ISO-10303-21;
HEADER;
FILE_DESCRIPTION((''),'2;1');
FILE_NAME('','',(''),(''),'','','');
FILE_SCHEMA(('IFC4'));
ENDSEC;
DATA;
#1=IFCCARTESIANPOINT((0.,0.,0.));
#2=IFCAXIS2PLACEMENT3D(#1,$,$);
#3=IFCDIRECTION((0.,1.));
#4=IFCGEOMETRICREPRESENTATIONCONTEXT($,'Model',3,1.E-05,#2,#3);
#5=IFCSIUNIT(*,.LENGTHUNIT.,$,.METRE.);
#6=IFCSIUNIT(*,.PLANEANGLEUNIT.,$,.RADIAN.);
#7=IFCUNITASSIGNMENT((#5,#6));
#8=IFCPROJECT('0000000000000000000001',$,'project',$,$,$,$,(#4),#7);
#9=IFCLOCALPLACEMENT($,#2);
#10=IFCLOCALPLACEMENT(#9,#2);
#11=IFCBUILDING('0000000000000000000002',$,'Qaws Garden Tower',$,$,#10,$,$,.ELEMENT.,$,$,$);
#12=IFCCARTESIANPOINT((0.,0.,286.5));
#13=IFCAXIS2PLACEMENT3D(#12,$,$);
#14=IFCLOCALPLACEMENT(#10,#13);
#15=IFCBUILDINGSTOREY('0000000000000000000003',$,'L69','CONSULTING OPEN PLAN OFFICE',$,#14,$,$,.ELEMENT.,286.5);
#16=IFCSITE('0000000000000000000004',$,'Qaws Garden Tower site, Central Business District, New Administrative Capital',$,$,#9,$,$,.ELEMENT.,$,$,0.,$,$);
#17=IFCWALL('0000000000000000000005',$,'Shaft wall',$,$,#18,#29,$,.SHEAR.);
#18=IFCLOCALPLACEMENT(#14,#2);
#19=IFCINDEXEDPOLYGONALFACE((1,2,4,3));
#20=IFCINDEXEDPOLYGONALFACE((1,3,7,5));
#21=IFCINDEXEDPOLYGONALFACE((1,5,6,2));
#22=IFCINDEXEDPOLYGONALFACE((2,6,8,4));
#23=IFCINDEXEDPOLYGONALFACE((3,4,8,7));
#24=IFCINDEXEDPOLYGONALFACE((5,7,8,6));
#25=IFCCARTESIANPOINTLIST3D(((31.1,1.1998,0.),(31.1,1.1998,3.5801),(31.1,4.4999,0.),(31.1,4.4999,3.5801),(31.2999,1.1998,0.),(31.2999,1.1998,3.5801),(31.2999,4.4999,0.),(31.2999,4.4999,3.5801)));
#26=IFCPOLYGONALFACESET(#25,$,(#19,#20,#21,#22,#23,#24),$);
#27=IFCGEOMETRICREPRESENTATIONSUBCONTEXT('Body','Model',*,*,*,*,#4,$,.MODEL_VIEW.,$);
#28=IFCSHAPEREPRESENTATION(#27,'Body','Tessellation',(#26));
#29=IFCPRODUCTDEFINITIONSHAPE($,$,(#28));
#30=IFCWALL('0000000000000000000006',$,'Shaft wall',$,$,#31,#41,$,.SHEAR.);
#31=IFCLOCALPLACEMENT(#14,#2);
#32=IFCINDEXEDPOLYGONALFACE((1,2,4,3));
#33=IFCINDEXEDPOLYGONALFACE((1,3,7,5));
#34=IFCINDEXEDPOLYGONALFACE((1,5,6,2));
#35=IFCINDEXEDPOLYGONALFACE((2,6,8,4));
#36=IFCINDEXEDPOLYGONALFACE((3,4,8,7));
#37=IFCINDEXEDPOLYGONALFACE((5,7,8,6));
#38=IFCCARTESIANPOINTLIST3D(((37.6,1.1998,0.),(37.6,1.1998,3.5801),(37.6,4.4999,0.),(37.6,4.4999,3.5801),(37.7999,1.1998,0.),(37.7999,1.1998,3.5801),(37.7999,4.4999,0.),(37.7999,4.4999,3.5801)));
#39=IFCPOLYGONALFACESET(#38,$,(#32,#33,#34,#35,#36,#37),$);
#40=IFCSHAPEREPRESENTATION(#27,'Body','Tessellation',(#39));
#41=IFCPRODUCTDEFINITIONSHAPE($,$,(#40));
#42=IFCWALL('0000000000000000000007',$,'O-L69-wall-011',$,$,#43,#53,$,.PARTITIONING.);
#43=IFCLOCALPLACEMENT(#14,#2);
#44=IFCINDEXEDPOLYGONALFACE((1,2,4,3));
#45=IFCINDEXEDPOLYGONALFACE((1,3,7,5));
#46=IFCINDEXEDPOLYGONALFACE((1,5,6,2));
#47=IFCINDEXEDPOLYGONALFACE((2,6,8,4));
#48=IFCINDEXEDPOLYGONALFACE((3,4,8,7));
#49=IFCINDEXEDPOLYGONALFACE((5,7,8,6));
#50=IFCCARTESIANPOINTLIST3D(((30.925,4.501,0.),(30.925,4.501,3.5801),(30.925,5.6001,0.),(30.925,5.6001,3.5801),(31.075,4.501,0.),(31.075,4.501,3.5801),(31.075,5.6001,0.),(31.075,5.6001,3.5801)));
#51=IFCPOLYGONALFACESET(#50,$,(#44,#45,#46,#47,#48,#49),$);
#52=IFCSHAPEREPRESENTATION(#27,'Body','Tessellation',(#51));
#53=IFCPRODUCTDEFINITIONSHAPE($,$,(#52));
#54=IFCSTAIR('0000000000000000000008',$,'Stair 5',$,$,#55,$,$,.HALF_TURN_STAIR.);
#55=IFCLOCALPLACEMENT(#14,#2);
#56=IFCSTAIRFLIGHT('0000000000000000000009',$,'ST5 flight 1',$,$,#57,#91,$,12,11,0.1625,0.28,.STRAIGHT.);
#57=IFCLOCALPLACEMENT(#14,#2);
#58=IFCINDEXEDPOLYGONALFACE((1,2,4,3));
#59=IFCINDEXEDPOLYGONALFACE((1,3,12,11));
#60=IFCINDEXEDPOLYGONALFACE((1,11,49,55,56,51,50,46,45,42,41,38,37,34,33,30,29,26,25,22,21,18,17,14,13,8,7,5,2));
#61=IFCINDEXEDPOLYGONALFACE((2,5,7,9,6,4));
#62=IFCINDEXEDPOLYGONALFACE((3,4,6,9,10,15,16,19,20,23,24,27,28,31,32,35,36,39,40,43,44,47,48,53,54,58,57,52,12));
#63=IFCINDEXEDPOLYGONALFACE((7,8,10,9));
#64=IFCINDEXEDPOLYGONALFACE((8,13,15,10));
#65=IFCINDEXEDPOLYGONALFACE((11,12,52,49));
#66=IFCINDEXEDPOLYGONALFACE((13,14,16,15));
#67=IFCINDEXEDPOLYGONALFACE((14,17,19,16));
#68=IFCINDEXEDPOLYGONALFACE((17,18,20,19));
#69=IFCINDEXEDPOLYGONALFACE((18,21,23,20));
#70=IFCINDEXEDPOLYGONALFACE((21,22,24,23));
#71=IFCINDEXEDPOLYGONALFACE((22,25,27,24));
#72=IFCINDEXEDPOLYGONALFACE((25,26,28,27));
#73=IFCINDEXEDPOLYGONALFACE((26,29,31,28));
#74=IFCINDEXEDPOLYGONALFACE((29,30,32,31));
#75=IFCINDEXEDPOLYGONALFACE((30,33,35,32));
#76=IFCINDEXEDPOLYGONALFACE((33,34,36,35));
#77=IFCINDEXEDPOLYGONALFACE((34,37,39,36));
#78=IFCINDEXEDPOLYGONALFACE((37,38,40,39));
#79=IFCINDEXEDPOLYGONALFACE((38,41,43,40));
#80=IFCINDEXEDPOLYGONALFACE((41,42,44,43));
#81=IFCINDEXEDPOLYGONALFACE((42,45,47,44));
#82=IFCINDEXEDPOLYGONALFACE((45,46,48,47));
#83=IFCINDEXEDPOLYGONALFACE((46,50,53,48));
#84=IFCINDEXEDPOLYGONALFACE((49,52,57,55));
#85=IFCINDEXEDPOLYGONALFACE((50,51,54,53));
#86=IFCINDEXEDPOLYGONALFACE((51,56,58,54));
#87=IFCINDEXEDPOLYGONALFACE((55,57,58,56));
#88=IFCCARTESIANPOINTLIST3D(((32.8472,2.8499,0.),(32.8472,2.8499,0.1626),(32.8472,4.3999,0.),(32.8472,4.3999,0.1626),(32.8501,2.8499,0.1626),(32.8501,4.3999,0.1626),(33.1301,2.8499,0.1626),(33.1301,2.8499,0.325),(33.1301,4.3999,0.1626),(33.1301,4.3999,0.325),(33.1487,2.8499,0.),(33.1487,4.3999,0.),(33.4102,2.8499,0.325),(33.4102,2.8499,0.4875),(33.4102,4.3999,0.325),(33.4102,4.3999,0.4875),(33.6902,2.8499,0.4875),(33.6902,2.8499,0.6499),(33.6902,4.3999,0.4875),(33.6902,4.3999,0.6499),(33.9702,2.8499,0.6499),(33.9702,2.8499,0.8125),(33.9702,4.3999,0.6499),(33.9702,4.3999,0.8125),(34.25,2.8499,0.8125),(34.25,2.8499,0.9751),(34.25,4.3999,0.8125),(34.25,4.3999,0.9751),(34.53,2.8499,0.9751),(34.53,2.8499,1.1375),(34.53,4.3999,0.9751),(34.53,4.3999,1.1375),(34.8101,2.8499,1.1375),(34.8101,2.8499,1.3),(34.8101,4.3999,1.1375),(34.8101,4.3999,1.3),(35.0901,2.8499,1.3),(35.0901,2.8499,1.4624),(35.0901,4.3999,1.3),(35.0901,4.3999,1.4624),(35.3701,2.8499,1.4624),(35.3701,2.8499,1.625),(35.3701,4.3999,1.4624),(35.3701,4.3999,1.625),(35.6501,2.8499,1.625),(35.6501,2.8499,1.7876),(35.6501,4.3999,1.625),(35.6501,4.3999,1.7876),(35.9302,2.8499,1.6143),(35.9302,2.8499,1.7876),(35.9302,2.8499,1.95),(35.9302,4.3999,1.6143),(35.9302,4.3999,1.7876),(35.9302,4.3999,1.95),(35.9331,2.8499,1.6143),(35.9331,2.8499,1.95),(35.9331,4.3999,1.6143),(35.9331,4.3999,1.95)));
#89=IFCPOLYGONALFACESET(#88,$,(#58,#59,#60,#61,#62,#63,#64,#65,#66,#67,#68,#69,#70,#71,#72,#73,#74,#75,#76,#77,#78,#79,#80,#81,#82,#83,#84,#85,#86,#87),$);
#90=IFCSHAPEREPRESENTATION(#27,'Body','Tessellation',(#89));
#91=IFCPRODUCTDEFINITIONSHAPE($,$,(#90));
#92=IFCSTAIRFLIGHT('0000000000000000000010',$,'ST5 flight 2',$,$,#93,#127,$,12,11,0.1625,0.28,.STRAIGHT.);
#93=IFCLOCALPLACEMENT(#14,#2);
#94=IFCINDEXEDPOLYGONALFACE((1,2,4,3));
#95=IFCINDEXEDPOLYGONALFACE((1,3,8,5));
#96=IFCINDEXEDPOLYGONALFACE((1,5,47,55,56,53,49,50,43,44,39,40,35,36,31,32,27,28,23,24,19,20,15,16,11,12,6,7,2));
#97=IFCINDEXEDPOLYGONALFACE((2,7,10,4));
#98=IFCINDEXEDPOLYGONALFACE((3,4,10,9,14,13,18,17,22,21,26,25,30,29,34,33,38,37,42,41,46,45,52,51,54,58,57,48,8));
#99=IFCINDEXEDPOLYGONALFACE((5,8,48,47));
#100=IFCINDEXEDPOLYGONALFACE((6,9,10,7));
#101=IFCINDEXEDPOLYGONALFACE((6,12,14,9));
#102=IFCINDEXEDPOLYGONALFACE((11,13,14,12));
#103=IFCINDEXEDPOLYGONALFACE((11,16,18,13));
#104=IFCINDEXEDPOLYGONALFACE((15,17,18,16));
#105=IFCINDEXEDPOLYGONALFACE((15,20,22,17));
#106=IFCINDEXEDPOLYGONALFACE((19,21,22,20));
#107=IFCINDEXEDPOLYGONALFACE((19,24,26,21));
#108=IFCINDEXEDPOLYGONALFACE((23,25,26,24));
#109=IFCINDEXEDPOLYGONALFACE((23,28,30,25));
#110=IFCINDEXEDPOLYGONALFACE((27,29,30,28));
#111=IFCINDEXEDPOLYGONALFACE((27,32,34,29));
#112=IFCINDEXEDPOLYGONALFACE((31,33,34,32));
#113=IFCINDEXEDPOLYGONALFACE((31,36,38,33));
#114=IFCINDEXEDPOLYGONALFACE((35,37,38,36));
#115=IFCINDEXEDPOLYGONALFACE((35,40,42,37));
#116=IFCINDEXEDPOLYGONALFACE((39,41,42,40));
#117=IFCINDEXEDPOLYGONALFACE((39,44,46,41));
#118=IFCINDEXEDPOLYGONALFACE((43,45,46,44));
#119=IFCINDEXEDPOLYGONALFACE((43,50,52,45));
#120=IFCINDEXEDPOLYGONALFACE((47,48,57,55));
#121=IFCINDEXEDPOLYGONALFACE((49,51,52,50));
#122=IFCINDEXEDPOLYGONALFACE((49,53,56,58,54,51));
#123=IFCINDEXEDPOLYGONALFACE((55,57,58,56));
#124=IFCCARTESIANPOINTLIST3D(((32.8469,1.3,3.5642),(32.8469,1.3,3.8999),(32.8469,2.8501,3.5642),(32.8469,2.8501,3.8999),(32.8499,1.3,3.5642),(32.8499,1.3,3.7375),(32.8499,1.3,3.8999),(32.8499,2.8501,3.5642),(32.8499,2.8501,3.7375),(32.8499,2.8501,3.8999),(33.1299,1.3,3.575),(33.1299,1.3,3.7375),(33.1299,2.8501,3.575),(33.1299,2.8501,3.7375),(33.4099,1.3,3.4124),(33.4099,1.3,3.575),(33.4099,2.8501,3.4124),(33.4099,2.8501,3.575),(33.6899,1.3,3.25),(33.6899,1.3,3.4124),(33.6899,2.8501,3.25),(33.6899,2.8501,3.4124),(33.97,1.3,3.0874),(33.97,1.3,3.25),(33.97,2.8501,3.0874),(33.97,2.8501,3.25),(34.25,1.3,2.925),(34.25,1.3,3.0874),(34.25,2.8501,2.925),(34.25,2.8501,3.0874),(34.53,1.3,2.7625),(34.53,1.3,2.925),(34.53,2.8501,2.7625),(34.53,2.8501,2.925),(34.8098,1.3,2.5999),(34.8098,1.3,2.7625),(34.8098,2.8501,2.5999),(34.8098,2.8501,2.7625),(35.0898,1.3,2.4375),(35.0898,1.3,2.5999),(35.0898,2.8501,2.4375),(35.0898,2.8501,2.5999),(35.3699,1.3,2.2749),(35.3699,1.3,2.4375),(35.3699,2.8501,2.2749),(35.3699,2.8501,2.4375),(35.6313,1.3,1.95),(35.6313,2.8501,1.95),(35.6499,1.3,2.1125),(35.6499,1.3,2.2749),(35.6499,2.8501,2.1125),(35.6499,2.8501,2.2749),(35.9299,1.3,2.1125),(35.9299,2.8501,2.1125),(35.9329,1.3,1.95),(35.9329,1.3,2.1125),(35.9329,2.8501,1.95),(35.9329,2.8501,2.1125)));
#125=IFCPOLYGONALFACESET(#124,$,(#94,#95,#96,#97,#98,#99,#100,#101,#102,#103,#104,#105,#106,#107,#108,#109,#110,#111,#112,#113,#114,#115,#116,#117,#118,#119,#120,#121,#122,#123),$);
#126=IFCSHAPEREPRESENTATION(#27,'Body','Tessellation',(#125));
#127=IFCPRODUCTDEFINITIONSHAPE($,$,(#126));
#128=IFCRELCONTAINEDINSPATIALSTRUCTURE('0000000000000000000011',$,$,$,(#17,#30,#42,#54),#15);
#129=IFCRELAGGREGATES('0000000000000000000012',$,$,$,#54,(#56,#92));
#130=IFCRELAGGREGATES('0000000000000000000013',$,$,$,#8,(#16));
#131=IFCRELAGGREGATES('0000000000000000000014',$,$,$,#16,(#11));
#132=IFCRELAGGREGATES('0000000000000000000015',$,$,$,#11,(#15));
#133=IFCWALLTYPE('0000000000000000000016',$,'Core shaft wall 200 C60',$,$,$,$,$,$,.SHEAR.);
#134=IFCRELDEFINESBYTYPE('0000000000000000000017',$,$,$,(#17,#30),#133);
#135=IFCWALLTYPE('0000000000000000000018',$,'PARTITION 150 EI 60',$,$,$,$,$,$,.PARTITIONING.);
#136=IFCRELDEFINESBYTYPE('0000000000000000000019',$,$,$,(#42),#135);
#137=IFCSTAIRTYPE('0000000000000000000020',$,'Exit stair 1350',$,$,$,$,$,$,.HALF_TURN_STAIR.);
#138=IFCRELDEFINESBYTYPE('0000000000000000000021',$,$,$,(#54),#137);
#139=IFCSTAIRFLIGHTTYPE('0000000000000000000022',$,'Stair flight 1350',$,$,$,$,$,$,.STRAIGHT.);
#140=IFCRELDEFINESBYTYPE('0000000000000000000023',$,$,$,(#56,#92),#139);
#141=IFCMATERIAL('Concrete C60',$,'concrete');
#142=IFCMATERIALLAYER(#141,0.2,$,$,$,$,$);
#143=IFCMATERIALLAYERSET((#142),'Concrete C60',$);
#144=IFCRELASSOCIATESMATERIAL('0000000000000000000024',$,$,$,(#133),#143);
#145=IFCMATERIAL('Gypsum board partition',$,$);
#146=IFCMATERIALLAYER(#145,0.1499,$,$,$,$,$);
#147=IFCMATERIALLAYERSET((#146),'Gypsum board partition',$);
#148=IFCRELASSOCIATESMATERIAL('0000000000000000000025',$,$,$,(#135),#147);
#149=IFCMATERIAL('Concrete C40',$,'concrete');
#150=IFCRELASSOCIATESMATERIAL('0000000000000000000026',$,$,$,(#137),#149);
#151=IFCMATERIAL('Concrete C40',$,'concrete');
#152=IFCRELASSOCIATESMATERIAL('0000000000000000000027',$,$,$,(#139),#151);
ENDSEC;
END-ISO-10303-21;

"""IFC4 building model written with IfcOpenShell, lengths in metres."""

from ifc_helpers import new_model, si_unit, direction, frame, frame_2d, origin, place, context, subcontext, project, spatial, polyline, rectangle, outline, extrude, material, layer, layer_set, type_object, element, aggregate, save


model = new_model("IFC4")

# Units and contexts
model_context = context("Model", 3, precision=1e-05, world=origin(), true_north=direction((0.0, 1.0)))
body_context = subcontext(model_context, "Body", "Model", "MODEL_VIEW")
ifc_project = project(units=[si_unit("LENGTHUNIT", "METRE"), si_unit("PLANEANGLEUNIT", "RADIAN")], contexts=[model_context])

# Site, building, storey
site_placement = place(None, origin())
site = spatial("IfcSite", under=ifc_project, at=site_placement, Name="Qaws Garden Tower site, Central Business District, New Administrative Capital", CompositionType="ELEMENT", RefElevation=0.0)
building_placement = place(site_placement, origin())
building = spatial("IfcBuilding", under=site, at=building_placement, Name="Qaws Garden Tower", CompositionType="ELEMENT")
storey_placement = place(building_placement, frame((0.0, 0.0, 286.5)))
storey = spatial("IfcBuildingStorey", under=building, at=storey_placement, Name="L69", Description="CONSULTING OPEN PLAN OFFICE", CompositionType="ELEMENT", Elevation=286.5)

# Shared definitions
ifc_material_1 = material(Name="Concrete C60", Category="concrete")
ifc_layer_1 = layer(ifc_material_1, 0.2)
ifc_layer_set_1 = layer_set([ifc_layer_1], Name="Concrete C60")
wall_type_1 = type_object("IfcWallType", Name="Core shaft wall 200 C60", PredefinedType="SHEAR", material=ifc_layer_set_1)

# Walls
for number, where, z_axis, x_axis, name in (
    (1, (31.2, 1.2, 0.0), (0.0, 0.0, 1.0), (0.0, 1.0, 0.0), "Shaft wall"),
    (2, (37.7, 1.2, 0.0), (0.0, 0.0, 1.0), (0.0, 1.0, 0.0), "Shaft wall"),
):
    element("IfcWall", number, at=place(storey_placement, frame(where, z_axis=z_axis, x_axis=x_axis)), inside=storey, type_object=wall_type_1, Name=name, PredefinedType="SHEAR", context=body_context, shape_type="SweptSolid", body=[
        extrude(rectangle(XDim=3.3, YDim=0.2, at=frame_2d((1.6499, 0.0))), origin(), (0.0, 0.0, 1.0), 3.5801),
    ])
ifc_material_2 = material(Name="Gypsum board partition")
ifc_layer_2 = layer(ifc_material_2, 0.1499)
ifc_layer_set_2 = layer_set([ifc_layer_2], Name="Gypsum board partition")
wall_type_2 = type_object("IfcWallType", Name="PARTITION 150 EI 60", PredefinedType="PARTITIONING", material=ifc_layer_set_2)
wall_1_placement = place(storey_placement, frame((31.0, 4.501, 0.0), z_axis=(0.0, 0.0, 1.0), x_axis=(0.0, 1.0, 0.0)))
element("IfcWall", 3, at=wall_1_placement, inside=storey, type_object=wall_type_2, Name="O-L69-wall-011", PredefinedType="PARTITIONING", context=body_context, shape_type="SweptSolid", body=[
    extrude(rectangle(XDim=1.0991, YDim=0.1499, at=frame_2d((0.5496, 0.0))), origin(), (0.0, 0.0, 1.0), 3.5801),
])

# Stair, stair flights
ifc_material_3 = material(Name="Concrete C40", Category="concrete")
stair_type = type_object("IfcStairType", Name="Exit stair 1350", PredefinedType="HALF_TURN_STAIR", material=ifc_material_3)
stair_placement = place(storey_placement, origin())
stair = element("IfcStair", 4, at=stair_placement, inside=storey, type_object=stair_type, Name="Stair 5", PredefinedType="HALF_TURN_STAIR")
ifc_material_4 = material(Name="Concrete C40", Category="concrete")
stair_flight_type = type_object("IfcStairFlightType", Name="Stair flight 1350", PredefinedType="STRAIGHT", material=ifc_material_4)
stair_flight_1_placement = place(storey_placement, frame((32.8501, 3.625, 0.0), z_axis=(0.0, 0.0, 1.0), x_axis=(1.0, 0.0, 0.0)))
stair_flight_1 = element("IfcStairFlight", 5, at=stair_flight_1_placement, type_object=stair_flight_type, Name="ST5 flight 1", NumberOfRisers=12, NumberOfTreads=11, PredefinedType="STRAIGHT", RiserHeight=0.1625, TreadLength=0.28, context=body_context, shape_type="SweptSolid", body=[
    extrude(outline(polyline([(-0.0029, 0.0), (-0.0029, 0.1626), (0.0, 0.1626), (0.28, 0.1626), (0.28, 0.325), (0.5601, 0.325), (0.5601, 0.4875), (0.8401, 0.4875), (0.8401, 0.6499), (1.1201, 0.6499), (1.1201, 0.8125), (1.3999, 0.8125), (1.3999, 0.9751), (1.6799, 0.9751), (1.6799, 1.1375), (1.96, 1.1375), (1.96, 1.3), (2.24, 1.3), (2.24, 1.4624), (2.52, 1.4624), (2.52, 1.625), (2.8, 1.625), (2.8, 1.7876), (3.0801, 1.7876), (3.0801, 1.95), (3.083, 1.95), (3.083, 1.6143), (3.0801, 1.6143), (0.2986, 0.0), (-0.0029, 0.0)])), frame((0.0, 0.7749, 0.0), z_axis=(0.0, -1.0, 0.0), x_axis=(1.0, 0.0, 0.0)), (0.0, 0.0, 1.0), 1.55),
])
stair_flight_2_placement = place(storey_placement, frame((35.9299, 2.075, 1.95), z_axis=(0.0, 0.0, 1.0), x_axis=(-1.0, 0.0, 0.0)))
stair_flight_2 = element("IfcStairFlight", 6, at=stair_flight_2_placement, type_object=stair_flight_type, Name="ST5 flight 2", NumberOfRisers=12, NumberOfTreads=11, PredefinedType="STRAIGHT", RiserHeight=0.1625, TreadLength=0.28, context=body_context, shape_type="SweptSolid", body=[
    extrude(outline(polyline([(-0.0029, 0.0), (-0.0029, 0.1626), (0.0, 0.1626), (0.28, 0.1626), (0.28, 0.325), (0.5601, 0.325), (0.5601, 0.4875), (0.8401, 0.4875), (0.8401, 0.6499), (1.1201, 0.6499), (1.1201, 0.8125), (1.3999, 0.8125), (1.3999, 0.9751), (1.6799, 0.9751), (1.6799, 1.1375), (1.96, 1.1375), (1.96, 1.3), (2.24, 1.3), (2.24, 1.4624), (2.52, 1.4624), (2.52, 1.625), (2.8, 1.625), (2.8, 1.7876), (3.0801, 1.7876), (3.0801, 1.95), (3.083, 1.95), (3.083, 1.6143), (3.0801, 1.6143), (0.2986, 0.0), (-0.0029, 0.0)])), frame((0.0, 0.7749, 0.0), z_axis=(0.0, -1.0, 0.0), x_axis=(1.0, 0.0, 0.0)), (0.0, 0.0, 1.0), 1.55),
])
aggregate(stair, [stair_flight_1, stair_flight_2])

save(model, "model.ifc")
